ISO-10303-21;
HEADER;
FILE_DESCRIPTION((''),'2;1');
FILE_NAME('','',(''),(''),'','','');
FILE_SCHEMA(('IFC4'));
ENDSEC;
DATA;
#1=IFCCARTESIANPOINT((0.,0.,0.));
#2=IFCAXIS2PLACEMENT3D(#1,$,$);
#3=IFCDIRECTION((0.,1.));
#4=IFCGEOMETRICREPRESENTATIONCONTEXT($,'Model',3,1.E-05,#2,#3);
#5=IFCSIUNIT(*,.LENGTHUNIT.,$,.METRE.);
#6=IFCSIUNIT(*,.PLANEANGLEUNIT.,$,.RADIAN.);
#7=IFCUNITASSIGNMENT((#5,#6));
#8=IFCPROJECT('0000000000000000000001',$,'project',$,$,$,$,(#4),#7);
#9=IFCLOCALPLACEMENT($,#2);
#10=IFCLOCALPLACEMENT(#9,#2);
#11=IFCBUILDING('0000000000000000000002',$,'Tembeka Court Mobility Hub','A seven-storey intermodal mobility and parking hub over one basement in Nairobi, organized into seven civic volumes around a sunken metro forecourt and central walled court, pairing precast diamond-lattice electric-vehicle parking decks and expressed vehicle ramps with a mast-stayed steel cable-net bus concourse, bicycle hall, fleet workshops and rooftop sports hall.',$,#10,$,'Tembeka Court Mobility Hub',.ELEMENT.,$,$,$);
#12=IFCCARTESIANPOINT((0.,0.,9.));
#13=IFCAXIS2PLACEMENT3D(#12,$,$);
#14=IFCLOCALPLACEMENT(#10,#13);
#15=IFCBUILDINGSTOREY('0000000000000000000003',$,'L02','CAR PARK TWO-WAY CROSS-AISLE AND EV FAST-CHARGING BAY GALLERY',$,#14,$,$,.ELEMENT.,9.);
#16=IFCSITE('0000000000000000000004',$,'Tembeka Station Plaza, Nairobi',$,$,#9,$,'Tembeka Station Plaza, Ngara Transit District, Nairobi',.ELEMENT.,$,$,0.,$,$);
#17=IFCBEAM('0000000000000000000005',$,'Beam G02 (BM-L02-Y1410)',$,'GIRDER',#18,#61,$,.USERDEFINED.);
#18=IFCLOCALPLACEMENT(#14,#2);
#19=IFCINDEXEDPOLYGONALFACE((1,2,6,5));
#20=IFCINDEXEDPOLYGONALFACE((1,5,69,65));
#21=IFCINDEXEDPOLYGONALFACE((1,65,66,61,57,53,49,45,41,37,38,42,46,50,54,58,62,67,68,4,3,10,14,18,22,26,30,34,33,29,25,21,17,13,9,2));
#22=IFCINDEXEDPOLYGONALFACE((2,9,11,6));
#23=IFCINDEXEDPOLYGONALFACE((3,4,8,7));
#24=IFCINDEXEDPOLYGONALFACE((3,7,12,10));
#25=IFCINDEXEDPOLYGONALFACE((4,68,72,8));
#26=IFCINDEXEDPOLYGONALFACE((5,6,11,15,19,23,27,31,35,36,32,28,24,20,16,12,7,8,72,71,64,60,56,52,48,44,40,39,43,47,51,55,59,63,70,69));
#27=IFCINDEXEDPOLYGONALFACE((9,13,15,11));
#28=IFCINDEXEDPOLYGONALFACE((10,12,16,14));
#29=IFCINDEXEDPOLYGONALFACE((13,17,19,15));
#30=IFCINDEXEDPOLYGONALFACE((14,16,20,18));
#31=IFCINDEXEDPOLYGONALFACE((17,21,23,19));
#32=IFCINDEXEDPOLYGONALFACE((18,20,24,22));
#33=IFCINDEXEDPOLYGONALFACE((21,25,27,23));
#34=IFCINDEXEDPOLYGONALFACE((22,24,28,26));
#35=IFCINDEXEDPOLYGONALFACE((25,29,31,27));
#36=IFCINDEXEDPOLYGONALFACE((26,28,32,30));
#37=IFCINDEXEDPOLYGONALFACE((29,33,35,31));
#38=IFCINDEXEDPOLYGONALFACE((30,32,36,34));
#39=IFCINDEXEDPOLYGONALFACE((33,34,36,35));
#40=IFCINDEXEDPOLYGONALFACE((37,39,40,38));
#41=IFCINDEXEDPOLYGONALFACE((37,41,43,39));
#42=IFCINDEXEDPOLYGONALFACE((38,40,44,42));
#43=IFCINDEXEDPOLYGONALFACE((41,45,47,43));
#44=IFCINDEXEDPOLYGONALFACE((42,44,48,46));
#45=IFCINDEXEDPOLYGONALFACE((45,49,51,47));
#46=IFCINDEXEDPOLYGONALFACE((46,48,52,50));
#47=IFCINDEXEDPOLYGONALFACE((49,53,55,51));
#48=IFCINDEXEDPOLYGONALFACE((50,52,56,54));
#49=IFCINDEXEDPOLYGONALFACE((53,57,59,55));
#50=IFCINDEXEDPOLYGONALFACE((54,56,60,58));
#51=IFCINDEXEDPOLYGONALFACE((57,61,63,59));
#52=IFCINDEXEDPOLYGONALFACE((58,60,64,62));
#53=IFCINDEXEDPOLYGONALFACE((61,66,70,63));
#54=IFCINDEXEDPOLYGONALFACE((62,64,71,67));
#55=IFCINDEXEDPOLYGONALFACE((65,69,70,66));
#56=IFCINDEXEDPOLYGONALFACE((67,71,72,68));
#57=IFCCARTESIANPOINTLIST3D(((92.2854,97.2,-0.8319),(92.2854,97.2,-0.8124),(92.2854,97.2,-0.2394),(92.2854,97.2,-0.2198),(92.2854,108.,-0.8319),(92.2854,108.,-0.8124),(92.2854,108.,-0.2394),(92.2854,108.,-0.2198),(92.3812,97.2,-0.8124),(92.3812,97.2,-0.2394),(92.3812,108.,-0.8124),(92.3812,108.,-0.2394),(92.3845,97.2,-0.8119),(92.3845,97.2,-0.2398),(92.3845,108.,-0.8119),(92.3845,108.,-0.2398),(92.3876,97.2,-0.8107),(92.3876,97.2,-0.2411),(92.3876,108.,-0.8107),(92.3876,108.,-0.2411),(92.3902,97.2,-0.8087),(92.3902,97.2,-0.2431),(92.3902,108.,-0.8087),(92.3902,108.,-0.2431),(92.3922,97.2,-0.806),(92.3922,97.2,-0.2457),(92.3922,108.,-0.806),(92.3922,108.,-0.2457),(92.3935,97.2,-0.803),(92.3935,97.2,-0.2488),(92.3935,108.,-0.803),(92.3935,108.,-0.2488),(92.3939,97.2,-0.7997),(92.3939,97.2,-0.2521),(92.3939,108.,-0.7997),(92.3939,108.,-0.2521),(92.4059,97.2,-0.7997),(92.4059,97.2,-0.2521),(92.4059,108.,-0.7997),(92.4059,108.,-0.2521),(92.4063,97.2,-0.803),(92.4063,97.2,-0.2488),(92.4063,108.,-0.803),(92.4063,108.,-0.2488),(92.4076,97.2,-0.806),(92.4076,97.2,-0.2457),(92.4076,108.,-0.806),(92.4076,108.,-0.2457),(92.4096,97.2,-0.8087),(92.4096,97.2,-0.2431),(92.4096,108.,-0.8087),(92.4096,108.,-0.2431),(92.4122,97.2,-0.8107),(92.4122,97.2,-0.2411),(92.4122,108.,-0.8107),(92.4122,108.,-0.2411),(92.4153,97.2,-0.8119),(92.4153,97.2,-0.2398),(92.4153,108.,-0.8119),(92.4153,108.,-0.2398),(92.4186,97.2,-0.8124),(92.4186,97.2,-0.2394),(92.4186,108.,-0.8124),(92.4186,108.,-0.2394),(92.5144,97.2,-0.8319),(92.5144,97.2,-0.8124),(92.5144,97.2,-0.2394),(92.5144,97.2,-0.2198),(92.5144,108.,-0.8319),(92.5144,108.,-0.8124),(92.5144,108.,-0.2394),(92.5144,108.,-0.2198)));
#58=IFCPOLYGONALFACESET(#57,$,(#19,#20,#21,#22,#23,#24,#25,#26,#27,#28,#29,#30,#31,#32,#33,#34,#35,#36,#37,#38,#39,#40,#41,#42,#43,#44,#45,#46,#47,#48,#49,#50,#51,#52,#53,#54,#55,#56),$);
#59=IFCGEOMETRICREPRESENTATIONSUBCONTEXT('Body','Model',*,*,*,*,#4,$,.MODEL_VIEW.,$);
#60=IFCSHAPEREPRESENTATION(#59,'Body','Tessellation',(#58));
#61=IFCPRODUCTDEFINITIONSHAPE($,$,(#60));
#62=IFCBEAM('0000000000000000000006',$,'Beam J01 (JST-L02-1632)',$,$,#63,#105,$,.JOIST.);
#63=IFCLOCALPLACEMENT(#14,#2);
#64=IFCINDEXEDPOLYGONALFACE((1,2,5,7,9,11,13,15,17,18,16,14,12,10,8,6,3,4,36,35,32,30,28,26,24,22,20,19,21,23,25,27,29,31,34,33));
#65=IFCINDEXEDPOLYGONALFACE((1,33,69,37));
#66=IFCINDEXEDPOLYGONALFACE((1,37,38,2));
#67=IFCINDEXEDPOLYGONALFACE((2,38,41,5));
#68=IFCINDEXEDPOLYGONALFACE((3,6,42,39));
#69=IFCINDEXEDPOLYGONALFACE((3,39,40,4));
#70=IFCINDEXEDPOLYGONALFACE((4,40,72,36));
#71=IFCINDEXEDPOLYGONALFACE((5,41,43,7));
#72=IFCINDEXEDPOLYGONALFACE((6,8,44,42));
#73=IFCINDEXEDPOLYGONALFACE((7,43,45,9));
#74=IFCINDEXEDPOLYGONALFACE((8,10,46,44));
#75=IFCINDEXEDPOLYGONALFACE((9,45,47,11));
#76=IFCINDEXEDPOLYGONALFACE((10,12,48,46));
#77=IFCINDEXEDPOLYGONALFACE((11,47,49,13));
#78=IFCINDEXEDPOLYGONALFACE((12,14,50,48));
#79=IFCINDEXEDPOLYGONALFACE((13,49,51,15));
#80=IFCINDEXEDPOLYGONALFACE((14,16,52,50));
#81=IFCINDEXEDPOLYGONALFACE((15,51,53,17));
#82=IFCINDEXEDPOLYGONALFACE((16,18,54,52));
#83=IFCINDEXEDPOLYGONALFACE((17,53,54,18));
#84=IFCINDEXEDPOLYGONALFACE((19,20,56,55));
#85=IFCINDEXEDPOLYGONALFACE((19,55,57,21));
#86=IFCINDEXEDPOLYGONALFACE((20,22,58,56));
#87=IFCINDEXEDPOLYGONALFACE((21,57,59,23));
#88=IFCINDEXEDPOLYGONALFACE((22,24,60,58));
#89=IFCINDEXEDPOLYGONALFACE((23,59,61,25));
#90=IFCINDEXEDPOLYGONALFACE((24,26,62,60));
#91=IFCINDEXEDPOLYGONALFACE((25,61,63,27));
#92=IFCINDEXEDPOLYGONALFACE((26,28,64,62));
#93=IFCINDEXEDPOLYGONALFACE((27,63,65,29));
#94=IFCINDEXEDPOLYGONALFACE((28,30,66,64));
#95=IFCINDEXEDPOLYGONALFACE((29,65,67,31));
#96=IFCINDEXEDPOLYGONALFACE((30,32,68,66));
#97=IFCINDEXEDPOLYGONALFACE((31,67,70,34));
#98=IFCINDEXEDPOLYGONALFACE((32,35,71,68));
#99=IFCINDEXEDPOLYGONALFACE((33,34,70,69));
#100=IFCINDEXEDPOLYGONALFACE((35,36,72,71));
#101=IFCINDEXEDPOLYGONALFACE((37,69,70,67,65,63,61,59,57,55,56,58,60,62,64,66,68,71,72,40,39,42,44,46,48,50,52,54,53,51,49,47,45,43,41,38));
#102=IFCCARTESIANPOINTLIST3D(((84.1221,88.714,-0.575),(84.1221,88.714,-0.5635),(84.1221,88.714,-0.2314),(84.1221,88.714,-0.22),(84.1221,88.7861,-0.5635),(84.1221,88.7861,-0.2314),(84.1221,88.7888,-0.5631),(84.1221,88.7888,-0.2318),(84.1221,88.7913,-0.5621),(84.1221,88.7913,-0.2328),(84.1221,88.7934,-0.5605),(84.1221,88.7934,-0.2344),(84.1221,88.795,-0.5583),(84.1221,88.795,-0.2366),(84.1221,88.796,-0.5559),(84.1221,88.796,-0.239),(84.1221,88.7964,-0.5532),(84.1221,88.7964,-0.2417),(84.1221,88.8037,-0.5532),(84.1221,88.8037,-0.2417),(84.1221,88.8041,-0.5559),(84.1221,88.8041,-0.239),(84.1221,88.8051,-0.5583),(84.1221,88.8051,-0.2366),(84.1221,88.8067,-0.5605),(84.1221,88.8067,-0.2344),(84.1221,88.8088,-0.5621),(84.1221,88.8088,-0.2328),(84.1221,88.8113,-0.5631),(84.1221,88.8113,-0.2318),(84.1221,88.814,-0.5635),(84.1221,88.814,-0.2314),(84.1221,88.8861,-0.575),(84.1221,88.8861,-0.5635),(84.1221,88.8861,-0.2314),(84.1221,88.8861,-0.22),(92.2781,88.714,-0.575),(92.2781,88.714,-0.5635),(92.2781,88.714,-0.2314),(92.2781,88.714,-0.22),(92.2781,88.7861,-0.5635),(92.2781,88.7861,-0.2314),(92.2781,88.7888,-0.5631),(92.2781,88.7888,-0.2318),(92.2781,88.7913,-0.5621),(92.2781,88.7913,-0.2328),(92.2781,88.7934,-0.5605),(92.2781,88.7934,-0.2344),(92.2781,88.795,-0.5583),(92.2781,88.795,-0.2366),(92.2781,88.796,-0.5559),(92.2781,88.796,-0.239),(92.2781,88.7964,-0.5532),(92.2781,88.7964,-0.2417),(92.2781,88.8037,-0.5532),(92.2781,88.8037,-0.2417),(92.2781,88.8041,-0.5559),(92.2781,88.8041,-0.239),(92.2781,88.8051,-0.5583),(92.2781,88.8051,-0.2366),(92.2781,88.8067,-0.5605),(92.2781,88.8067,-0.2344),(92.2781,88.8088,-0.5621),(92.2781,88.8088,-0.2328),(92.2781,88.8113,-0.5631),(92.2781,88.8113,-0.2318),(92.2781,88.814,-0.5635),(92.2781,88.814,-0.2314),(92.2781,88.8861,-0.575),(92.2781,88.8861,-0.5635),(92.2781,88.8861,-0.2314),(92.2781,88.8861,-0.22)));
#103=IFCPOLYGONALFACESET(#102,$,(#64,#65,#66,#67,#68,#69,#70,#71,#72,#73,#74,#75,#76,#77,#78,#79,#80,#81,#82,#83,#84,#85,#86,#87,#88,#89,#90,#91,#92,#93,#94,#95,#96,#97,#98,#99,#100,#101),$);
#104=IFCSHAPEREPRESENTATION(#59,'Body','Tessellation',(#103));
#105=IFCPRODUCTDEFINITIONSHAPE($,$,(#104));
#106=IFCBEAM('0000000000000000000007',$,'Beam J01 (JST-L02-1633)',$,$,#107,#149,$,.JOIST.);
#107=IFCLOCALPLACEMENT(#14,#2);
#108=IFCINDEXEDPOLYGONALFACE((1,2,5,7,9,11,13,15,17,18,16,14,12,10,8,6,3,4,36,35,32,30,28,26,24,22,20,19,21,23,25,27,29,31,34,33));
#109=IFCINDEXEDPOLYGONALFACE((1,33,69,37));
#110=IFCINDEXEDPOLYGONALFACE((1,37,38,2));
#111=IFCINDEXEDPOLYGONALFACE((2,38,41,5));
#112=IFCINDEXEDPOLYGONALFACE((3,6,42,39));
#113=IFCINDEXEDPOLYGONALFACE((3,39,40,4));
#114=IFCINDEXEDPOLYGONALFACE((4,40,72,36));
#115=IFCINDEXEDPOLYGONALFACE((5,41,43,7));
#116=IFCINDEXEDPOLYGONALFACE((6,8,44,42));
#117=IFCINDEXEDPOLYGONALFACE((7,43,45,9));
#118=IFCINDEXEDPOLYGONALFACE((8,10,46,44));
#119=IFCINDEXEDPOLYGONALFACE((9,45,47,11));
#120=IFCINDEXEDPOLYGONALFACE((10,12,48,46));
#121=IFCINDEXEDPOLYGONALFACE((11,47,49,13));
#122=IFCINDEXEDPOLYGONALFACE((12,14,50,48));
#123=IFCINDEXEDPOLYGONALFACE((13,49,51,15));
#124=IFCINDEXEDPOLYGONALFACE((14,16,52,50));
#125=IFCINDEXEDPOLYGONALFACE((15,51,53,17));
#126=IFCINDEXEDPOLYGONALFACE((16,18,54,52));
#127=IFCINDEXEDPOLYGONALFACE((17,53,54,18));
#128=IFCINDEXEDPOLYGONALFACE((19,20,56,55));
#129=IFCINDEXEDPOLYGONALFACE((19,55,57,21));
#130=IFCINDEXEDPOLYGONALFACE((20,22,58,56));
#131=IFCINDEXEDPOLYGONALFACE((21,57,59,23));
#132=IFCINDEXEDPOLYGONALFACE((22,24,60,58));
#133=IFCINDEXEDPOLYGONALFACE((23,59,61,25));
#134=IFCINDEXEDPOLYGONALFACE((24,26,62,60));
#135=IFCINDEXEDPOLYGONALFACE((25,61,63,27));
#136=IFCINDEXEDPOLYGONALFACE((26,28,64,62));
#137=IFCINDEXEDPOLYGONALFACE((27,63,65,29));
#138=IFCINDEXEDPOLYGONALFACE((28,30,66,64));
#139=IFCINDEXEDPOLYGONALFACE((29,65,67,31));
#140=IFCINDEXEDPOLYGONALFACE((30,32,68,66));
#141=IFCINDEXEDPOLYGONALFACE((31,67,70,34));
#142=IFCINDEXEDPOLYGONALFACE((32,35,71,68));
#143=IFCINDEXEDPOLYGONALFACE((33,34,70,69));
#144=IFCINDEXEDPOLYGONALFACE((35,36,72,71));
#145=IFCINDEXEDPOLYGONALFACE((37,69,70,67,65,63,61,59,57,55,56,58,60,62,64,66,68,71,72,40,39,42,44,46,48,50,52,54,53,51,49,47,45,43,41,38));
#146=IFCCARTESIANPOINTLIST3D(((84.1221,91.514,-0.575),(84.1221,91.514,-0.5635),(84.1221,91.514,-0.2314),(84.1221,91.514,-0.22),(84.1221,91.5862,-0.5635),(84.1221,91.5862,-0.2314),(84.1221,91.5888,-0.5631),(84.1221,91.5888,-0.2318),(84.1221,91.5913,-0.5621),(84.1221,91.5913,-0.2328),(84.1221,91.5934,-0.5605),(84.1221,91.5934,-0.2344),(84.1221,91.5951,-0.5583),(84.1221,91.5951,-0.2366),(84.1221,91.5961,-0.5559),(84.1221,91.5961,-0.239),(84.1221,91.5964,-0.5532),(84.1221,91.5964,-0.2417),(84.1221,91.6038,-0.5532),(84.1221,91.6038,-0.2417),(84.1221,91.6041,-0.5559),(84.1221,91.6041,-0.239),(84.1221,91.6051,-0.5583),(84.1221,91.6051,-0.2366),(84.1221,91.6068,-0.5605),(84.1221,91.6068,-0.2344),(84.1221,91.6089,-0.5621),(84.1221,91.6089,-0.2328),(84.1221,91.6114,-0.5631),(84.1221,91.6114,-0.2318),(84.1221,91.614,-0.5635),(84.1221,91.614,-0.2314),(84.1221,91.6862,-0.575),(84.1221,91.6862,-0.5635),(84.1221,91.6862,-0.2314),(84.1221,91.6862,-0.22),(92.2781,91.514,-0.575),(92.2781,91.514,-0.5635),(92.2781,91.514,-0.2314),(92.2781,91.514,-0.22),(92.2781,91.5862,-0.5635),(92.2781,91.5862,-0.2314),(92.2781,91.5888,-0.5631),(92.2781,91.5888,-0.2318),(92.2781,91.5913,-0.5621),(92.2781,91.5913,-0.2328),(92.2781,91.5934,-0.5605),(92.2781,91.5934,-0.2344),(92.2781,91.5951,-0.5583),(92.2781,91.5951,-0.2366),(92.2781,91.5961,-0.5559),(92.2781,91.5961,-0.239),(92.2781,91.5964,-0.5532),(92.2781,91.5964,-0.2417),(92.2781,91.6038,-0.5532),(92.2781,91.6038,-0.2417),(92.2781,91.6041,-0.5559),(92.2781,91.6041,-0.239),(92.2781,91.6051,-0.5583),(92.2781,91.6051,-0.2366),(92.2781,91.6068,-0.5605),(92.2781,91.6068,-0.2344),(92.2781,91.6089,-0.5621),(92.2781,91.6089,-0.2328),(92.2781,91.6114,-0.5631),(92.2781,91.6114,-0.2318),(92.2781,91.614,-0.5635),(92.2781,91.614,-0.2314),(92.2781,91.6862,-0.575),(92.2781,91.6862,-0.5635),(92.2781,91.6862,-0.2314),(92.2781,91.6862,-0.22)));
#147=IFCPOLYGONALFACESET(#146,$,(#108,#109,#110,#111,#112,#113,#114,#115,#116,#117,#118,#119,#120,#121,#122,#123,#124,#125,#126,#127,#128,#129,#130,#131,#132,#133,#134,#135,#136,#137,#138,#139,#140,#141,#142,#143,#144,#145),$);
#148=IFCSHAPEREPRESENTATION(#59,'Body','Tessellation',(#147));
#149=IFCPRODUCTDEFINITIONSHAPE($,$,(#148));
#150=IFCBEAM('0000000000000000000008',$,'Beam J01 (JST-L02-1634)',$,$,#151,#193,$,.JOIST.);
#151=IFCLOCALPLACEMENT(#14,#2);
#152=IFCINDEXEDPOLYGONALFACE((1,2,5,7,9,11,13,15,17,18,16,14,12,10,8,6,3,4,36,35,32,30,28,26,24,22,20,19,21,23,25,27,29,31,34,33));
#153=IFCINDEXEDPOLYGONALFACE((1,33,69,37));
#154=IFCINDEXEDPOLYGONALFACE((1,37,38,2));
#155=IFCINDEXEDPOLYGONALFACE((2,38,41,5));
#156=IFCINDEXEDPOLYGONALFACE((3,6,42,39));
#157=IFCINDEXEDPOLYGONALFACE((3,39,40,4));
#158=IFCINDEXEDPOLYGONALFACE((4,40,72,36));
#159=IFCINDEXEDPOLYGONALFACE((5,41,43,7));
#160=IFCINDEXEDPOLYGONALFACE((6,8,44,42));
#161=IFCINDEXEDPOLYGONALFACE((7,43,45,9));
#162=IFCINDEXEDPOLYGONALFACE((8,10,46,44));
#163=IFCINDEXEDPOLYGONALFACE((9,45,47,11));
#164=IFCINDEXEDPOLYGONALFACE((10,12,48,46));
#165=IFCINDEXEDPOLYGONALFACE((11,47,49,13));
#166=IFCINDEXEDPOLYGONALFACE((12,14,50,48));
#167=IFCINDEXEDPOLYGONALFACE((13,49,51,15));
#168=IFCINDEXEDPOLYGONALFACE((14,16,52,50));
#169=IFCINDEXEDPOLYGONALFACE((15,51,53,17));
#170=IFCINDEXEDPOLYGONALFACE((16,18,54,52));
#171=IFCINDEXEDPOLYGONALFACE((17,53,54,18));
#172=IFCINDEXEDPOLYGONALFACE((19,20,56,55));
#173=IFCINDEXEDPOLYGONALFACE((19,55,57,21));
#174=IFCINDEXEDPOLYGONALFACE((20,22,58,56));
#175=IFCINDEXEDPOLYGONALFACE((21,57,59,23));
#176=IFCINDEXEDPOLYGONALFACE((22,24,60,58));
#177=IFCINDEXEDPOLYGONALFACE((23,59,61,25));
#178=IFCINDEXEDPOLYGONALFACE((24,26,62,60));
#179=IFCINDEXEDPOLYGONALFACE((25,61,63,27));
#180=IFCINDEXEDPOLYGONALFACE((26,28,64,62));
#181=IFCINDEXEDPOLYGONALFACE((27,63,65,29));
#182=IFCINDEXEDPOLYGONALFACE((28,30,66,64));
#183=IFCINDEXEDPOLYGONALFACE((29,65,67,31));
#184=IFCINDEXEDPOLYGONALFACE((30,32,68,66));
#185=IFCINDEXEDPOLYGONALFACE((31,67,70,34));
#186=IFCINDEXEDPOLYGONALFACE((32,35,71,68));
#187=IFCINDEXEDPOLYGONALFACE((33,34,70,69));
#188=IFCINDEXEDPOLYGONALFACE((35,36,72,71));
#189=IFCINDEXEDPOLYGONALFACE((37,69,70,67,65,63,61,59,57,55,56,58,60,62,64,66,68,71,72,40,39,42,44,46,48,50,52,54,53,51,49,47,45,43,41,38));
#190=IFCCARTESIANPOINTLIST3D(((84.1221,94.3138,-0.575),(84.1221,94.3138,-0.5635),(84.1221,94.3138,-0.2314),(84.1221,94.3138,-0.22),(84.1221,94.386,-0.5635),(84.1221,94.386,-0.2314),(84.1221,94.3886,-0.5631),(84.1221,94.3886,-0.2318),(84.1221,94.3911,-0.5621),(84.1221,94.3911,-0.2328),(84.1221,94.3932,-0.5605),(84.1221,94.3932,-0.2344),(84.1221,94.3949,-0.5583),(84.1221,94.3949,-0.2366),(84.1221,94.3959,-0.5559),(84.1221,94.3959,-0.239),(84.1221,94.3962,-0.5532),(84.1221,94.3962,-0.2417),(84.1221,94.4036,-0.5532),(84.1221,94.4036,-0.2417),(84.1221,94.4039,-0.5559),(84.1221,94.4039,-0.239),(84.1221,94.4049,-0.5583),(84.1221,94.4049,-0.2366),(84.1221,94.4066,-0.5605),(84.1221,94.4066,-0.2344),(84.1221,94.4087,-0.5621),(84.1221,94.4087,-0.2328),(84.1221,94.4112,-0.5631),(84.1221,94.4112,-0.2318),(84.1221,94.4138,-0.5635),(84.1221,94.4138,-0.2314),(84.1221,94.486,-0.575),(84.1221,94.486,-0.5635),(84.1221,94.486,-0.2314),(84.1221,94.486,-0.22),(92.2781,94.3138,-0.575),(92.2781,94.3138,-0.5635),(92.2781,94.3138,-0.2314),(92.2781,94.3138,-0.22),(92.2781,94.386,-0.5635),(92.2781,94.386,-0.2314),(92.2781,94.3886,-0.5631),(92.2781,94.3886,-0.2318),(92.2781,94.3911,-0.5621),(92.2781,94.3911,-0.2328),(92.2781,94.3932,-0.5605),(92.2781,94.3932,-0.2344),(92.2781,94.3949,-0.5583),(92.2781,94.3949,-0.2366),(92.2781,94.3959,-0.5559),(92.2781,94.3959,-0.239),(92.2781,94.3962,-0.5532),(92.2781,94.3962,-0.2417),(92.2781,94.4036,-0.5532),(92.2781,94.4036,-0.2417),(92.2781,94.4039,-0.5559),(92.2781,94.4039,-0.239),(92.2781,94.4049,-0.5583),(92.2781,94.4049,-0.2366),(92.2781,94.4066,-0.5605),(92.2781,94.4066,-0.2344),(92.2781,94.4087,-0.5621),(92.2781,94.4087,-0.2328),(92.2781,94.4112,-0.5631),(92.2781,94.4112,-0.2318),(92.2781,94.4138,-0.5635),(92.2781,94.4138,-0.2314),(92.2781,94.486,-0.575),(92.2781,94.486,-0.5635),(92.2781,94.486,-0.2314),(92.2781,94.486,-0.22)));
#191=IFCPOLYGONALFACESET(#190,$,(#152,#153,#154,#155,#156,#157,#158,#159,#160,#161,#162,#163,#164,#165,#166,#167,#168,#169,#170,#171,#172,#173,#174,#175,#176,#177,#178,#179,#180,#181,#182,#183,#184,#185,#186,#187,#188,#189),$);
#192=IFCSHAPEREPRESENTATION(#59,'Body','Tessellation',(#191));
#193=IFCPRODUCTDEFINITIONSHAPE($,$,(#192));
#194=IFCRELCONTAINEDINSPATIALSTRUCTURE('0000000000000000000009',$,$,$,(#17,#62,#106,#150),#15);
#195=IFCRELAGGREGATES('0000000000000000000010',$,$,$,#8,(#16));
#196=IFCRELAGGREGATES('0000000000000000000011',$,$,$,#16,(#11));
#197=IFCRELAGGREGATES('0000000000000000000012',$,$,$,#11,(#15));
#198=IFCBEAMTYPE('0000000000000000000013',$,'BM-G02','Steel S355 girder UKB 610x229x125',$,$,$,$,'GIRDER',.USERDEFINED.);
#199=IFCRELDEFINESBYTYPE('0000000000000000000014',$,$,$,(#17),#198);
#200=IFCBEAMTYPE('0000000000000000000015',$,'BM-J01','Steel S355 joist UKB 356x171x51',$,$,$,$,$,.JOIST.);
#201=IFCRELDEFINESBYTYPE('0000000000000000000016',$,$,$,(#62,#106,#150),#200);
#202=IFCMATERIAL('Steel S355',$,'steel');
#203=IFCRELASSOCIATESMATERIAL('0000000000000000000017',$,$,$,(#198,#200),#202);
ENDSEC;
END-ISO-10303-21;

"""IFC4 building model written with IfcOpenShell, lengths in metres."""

from ifc_helpers import new_model, si_unit, direction, frame, origin, origin_2d, place, context, subcontext, project, spatial, i_section, extrude, material, material_profile, profile_set, type_object, element, save


model = new_model("IFC4")

# Units and contexts
model_context = context("Model", 3, precision=1e-05, world=origin(), true_north=direction((0.0, 1.0)))
body_context = subcontext(model_context, "Body", "Model", "MODEL_VIEW")
ifc_project = project(units=[si_unit("LENGTHUNIT", "METRE"), si_unit("PLANEANGLEUNIT", "RADIAN")], contexts=[model_context])

# Site, building, storey
site_placement = place(None, origin())
site = spatial("IfcSite", under=ifc_project, at=site_placement, Name="Tembeka Station Plaza, Nairobi", LongName="Tembeka Station Plaza, Ngara Transit District, Nairobi", CompositionType="ELEMENT", RefElevation=0.0)
building_placement = place(site_placement, origin())
building = spatial("IfcBuilding", under=site, at=building_placement, Name="Tembeka Court Mobility Hub", Description="A seven-storey intermodal mobility and parking hub over one basement in Nairobi, organized into seven civic volumes around a sunken metro forecourt and central walled court, pairing precast diamond-lattice electric-vehicle parking decks and expressed vehicle ramps with a mast-stayed steel cable-net bus concourse, bicycle hall, fleet workshops and rooftop sports hall.", LongName="Tembeka Court Mobility Hub", CompositionType="ELEMENT")
storey_placement = place(building_placement, frame((0.0, 0.0, 9.0)))
storey = spatial("IfcBuildingStorey", under=building, at=storey_placement, Name="L02", Description="CAR PARK TWO-WAY CROSS-AISLE AND EV FAST-CHARGING BAY GALLERY", CompositionType="ELEMENT", Elevation=9.0)

# Shared definitions
ifc_material_1 = material(Name="Steel S355", Category="steel")

# Beams
ifc_material_profile_1 = material_profile(ifc_material_1, i_section(OverallWidth=0.229, OverallDepth=0.6121, WebThickness=0.012, FlangeThickness=0.0195, FilletRadius=0.0127, at=origin_2d()), Name="UKB 610x229x125")
ifc_profile_set_1 = profile_set([ifc_material_profile_1], Name="Steel S355")
beam_type_1 = type_object("IfcBeamType", Name="BM-G02", Description="Steel S355 girder UKB 610x229x125", ElementType="GIRDER", PredefinedType="USERDEFINED", material=ifc_profile_set_1)
for number, where, z_axis, x_axis, name in (
    (1, (92.3999, 97.2, -0.5259), (0.0, 1.0, 0.0), (-1.0, 0.0, 0.0), "Beam G02 (BM-L02-Y1410)"),
):
    element("IfcBeam", number, at=place(storey_placement, frame(where, z_axis=z_axis, x_axis=x_axis)), inside=storey, type_object=beam_type_1, Name=name, ObjectType="GIRDER", PredefinedType="USERDEFINED", context=body_context, shape_type="SweptSolid", body=[
        extrude(i_section(OverallWidth=0.229, OverallDepth=0.6121, WebThickness=0.012, FlangeThickness=0.0195, FilletRadius=0.0127, at=origin_2d()), origin(), (0.0, 0.0, 1.0), 10.8),
    ])
ifc_material_profile_2 = material_profile(ifc_material_1, i_section(OverallWidth=0.1721, OverallDepth=0.355, WebThickness=0.0073, FlangeThickness=0.0115, FilletRadius=0.0103, at=origin_2d()), Name="UKB 356x171x51")
ifc_profile_set_2 = profile_set([ifc_material_profile_2], Name="Steel S355")
beam_type_2 = type_object("IfcBeamType", Name="BM-J01", Description="Steel S355 joist UKB 356x171x51", PredefinedType="JOIST", material=ifc_profile_set_2)
for number, where, z_axis, x_axis, name in (
    (2, (84.1221, 88.8, -0.3975), (1.0, 0.0, 0.0), (0.0, 1.0, 0.0), "Beam J01 (JST-L02-1632)"),
    (3, (84.1221, 91.6001, -0.3975), (1.0, 0.0, 0.0), (0.0, 1.0, 0.0), "Beam J01 (JST-L02-1633)"),
    (4, (84.1221, 94.3999, -0.3975), (1.0, 0.0, 0.0), (0.0, 1.0, 0.0), "Beam J01 (JST-L02-1634)"),
):
    element("IfcBeam", number, at=place(storey_placement, frame(where, z_axis=z_axis, x_axis=x_axis)), inside=storey, type_object=beam_type_2, Name=name, PredefinedType="JOIST", context=body_context, shape_type="SweptSolid", body=[
        extrude(i_section(OverallWidth=0.1721, OverallDepth=0.355, WebThickness=0.0073, FlangeThickness=0.0115, FilletRadius=0.0103, at=origin_2d()), origin(), (0.0, 0.0, 1.0), 8.156),
    ])

save(model, "model.ifc")
